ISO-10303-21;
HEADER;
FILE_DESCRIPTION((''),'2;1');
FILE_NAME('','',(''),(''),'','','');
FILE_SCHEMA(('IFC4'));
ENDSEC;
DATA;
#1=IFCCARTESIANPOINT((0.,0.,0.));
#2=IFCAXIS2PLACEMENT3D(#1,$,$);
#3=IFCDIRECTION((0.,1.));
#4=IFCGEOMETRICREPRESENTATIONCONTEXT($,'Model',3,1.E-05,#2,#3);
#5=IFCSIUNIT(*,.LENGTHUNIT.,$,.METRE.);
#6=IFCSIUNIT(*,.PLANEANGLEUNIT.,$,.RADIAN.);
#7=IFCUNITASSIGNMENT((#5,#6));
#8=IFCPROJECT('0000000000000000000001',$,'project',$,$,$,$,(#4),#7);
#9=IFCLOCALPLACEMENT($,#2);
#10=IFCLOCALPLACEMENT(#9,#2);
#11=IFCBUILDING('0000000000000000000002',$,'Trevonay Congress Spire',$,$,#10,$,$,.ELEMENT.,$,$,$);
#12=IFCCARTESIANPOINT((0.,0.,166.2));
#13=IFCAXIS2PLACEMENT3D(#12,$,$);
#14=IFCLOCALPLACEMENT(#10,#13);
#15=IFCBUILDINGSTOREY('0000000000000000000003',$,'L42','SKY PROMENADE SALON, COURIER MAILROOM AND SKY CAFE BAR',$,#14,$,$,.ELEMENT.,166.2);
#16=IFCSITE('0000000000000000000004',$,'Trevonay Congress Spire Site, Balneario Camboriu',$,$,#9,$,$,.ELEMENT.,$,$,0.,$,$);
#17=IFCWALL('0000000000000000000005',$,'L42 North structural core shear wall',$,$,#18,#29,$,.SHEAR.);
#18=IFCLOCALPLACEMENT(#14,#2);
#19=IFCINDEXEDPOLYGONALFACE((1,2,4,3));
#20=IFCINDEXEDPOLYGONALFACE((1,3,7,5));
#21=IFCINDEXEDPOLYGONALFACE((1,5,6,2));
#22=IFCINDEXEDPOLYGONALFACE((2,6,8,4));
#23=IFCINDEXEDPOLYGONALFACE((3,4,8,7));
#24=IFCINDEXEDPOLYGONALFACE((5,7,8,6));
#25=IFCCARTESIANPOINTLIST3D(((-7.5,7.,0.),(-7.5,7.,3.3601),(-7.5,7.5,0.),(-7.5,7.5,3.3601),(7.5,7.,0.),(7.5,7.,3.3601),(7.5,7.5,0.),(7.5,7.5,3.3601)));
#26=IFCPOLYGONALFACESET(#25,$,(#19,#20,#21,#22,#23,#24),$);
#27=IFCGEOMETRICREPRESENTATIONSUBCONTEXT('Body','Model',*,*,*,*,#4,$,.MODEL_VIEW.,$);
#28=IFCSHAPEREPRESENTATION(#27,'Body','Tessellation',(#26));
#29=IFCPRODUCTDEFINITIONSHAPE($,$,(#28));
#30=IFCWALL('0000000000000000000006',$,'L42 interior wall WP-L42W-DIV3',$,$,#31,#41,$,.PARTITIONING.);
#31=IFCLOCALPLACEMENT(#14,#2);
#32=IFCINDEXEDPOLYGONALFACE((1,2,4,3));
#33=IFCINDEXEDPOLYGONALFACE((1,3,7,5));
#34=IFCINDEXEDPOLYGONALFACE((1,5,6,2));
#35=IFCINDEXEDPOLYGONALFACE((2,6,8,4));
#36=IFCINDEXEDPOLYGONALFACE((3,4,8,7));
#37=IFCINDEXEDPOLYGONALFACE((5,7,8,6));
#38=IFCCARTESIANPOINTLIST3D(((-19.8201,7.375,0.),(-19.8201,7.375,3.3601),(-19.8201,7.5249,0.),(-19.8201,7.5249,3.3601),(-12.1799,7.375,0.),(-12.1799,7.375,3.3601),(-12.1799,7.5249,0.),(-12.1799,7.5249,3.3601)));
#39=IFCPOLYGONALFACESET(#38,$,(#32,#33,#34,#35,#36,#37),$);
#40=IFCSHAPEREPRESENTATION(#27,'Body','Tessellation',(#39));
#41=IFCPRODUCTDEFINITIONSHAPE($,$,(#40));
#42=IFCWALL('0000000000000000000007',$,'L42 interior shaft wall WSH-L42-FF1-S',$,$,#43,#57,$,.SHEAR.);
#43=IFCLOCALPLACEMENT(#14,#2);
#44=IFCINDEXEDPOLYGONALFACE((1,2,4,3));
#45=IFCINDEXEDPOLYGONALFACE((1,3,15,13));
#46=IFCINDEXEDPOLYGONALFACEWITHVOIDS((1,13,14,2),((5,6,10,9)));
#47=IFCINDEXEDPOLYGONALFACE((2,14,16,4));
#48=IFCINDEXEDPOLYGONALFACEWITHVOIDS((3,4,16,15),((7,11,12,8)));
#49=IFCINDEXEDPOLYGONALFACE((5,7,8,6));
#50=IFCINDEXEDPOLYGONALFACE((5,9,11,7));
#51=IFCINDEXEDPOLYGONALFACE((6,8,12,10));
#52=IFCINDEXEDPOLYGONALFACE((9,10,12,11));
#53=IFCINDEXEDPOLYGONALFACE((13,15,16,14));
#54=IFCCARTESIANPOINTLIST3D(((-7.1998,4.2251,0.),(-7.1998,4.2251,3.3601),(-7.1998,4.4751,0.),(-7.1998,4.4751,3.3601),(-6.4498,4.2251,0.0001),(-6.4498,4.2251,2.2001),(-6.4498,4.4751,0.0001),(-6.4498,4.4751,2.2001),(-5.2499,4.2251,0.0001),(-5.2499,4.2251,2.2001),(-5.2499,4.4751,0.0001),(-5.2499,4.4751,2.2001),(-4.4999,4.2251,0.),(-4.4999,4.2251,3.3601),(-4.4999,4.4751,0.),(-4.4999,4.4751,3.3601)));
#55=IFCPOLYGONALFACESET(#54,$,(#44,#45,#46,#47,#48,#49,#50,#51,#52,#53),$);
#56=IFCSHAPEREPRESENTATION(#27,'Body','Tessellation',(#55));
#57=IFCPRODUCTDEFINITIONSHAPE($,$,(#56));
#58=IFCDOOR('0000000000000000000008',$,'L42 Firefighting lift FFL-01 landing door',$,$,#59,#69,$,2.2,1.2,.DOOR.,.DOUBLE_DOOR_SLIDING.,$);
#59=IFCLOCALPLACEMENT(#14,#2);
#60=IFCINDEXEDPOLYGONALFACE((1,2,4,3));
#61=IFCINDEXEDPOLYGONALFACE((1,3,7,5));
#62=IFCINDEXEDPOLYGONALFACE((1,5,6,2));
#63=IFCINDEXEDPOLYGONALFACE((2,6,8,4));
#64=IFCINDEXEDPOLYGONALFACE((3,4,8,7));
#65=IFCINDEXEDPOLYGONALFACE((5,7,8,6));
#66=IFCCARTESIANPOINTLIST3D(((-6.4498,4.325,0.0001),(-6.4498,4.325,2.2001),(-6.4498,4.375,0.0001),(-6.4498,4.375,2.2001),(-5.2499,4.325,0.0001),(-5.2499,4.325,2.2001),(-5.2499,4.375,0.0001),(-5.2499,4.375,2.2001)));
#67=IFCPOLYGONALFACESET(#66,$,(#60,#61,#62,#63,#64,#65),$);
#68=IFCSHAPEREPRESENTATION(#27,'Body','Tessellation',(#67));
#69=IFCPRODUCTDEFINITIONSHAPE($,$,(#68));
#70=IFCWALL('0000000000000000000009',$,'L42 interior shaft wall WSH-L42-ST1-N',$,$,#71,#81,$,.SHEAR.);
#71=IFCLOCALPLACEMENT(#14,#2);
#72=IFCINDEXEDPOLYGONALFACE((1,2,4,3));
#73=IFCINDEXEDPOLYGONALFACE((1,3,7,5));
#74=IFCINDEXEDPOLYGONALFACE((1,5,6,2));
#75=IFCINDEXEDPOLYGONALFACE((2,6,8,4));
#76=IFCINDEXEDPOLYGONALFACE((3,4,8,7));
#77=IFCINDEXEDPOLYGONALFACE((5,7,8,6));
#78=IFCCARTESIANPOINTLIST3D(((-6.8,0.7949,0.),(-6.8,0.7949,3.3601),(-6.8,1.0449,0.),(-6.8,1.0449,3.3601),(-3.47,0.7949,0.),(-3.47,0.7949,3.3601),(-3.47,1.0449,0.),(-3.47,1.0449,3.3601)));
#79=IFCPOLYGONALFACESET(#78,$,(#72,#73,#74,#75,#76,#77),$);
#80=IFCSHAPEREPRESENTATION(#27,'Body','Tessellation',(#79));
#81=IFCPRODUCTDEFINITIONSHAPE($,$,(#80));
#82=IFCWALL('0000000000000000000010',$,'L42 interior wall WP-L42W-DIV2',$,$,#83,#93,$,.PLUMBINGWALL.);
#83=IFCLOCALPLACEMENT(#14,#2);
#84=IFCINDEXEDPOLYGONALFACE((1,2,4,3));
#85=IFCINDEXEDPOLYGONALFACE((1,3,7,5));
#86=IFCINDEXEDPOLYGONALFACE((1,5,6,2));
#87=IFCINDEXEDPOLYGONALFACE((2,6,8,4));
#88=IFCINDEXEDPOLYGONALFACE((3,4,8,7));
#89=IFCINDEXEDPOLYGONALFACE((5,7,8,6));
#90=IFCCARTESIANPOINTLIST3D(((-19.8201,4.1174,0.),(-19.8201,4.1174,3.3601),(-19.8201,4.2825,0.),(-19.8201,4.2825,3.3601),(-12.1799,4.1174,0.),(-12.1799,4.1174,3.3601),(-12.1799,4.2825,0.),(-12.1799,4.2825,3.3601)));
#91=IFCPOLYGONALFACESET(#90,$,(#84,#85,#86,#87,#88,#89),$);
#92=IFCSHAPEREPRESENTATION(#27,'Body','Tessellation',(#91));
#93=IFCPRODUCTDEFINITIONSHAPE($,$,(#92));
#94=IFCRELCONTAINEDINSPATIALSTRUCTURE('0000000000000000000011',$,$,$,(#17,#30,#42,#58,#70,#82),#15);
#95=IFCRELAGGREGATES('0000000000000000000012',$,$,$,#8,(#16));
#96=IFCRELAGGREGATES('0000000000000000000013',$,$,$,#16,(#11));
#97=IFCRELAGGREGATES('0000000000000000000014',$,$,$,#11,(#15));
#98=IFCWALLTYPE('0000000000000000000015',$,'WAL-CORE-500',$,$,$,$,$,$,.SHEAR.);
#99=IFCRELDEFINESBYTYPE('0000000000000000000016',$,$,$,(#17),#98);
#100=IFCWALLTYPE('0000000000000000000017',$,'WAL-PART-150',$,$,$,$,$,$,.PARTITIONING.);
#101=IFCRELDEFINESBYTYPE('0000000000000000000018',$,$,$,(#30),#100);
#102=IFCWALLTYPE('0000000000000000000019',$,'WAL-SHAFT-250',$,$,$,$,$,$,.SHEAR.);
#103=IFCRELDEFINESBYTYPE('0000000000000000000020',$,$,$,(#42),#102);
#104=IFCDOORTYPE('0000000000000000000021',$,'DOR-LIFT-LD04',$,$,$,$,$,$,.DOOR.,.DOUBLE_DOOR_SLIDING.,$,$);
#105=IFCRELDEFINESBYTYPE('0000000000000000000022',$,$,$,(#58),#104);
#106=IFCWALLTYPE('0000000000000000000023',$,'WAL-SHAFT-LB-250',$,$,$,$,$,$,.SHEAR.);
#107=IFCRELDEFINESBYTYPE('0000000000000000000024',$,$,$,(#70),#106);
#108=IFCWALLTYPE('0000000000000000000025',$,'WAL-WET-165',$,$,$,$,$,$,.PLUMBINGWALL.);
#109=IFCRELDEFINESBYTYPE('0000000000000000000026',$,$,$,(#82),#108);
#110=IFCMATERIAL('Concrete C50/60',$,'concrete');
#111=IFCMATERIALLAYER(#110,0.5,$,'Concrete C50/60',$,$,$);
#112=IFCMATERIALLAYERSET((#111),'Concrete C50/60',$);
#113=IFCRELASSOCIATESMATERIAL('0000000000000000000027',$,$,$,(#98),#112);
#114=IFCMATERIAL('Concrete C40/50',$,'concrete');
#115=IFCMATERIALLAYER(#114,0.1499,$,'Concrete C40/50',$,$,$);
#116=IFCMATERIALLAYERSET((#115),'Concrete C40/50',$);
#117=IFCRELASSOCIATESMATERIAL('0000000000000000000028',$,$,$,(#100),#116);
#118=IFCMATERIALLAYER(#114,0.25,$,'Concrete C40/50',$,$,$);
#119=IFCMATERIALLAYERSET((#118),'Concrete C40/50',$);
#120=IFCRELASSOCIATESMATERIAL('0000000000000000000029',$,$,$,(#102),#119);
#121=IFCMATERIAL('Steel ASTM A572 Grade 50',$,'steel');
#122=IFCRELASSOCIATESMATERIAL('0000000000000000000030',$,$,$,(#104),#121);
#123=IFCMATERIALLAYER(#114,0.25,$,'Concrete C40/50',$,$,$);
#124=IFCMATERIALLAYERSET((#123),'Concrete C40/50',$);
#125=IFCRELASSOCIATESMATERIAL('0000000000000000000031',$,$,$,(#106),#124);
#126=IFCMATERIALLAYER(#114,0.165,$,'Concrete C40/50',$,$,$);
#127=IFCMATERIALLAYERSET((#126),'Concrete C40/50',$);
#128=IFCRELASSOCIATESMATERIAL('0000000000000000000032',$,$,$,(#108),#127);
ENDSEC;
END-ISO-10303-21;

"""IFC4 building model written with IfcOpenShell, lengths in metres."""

from ifc_helpers import new_model, si_unit, direction, frame, frame_2d, origin, place, context, subcontext, project, spatial, rectangle, extrude, material, layer, layer_set, type_object, element, fill, save


model = new_model("IFC4")

# Units and contexts
model_context = context("Model", 3, precision=1e-05, world=origin(), true_north=direction((0.0, 1.0)))
body_context = subcontext(model_context, "Body", "Model", "MODEL_VIEW")
ifc_project = project(units=[si_unit("LENGTHUNIT", "METRE"), si_unit("PLANEANGLEUNIT", "RADIAN")], contexts=[model_context])

# Site, building, storey
site_placement = place(None, origin())
site = spatial("IfcSite", under=ifc_project, at=site_placement, Name="Trevonay Congress Spire Site, Balneario Camboriu", CompositionType="ELEMENT", RefElevation=0.0)
building_placement = place(site_placement, origin())
building = spatial("IfcBuilding", under=site, at=building_placement, Name="Trevonay Congress Spire", CompositionType="ELEMENT")
storey_placement = place(building_placement, frame((0.0, 0.0, 166.2)))
storey = spatial("IfcBuildingStorey", under=building, at=storey_placement, Name="L42", Description="SKY PROMENADE SALON, COURIER MAILROOM AND SKY CAFE BAR", CompositionType="ELEMENT", Elevation=166.2)

# Shared definitions
ifc_material_1 = material(Name="Steel ASTM A572 Grade 50", Category="steel")

# Walls
ifc_material_2 = material(Name="Concrete C50/60", Category="concrete")
ifc_layer_1 = layer(ifc_material_2, 0.5, Name="Concrete C50/60")
ifc_layer_set_1 = layer_set([ifc_layer_1], Name="Concrete C50/60")
wall_type_1 = type_object("IfcWallType", Name="WAL-CORE-500", PredefinedType="SHEAR", material=ifc_layer_set_1)
wall_1_placement = place(storey_placement, frame((-7.5, 7.25, 0.0), z_axis=(0.0, 0.0, 1.0), x_axis=(1.0, 0.0, 0.0)))
element("IfcWall", 1, at=wall_1_placement, inside=storey, type_object=wall_type_1, Name="L42 North structural core shear wall", PredefinedType="SHEAR", context=body_context, shape_type="SweptSolid", body=[
    extrude(rectangle(XDim=15.0, YDim=0.5, at=frame_2d((7.5, 0.0))), origin(), (0.0, 0.0, 1.0), 3.3601),
])
ifc_material_3 = material(Name="Concrete C40/50", Category="concrete")
ifc_layer_2 = layer(ifc_material_3, 0.1499, Name="Concrete C40/50")
ifc_layer_set_2 = layer_set([ifc_layer_2], Name="Concrete C40/50")
wall_type_2 = type_object("IfcWallType", Name="WAL-PART-150", PredefinedType="PARTITIONING", material=ifc_layer_set_2)
wall_2_placement = place(storey_placement, frame((-19.8201, 7.45, 0.0), z_axis=(0.0, 0.0, 1.0), x_axis=(1.0, 0.0, 0.0)))
element("IfcWall", 2, at=wall_2_placement, inside=storey, type_object=wall_type_2, Name="L42 interior wall WP-L42W-DIV3", PredefinedType="PARTITIONING", context=body_context, shape_type="SweptSolid", body=[
    extrude(rectangle(XDim=7.6401, YDim=0.1499, at=frame_2d((3.8201, 0.0))), origin(), (0.0, 0.0, 1.0), 3.3601),
])

# Wall, opening, door
ifc_layer_3 = layer(ifc_material_3, 0.25, Name="Concrete C40/50")
ifc_layer_set_3 = layer_set([ifc_layer_3], Name="Concrete C40/50")
wall_type_3 = type_object("IfcWallType", Name="WAL-SHAFT-250", PredefinedType="SHEAR", material=ifc_layer_set_3)
wall_3_placement = place(storey_placement, frame((-7.2, 4.3501, 0.0), z_axis=(0.0, 0.0, 1.0), x_axis=(1.0, 0.0, 0.0)))
wall_3 = element("IfcWall", 3, at=wall_3_placement, inside=storey, type_object=wall_type_3, Name="L42 interior shaft wall WSH-L42-FF1-S", PredefinedType="SHEAR", context=body_context, shape_type="SweptSolid", body=[
    extrude(rectangle(XDim=2.7, YDim=0.25, at=frame_2d((1.3501, 0.0))), origin(), (0.0, 0.0, 1.0), 3.3601),
])
opening_placement = place(wall_3_placement, frame((0.75, 0.0, 0.0)))
opening = element("IfcOpeningElement", 4, at=opening_placement, cuts=wall_3, PredefinedType="OPENING", context=body_context, shape_type="SweptSolid", body=[
    extrude(rectangle(XDim=1.2, YDim=2.2, at=frame_2d((0.6001, 1.1001))), frame((0.0, 0.135, 0.0), z_axis=(0.0, -1.0, 0.0), x_axis=(1.0, 0.0, 0.0)), (0.0, 0.0, 1.0), 0.27),
])
door_type = type_object("IfcDoorType", Name="DOR-LIFT-LD04", OperationType="DOUBLE_DOOR_SLIDING", PredefinedType="DOOR", material=ifc_material_1)
door_placement = place(opening_placement, origin())
door = element("IfcDoor", 5, at=door_placement, inside=storey, type_object=door_type, Name="L42 Firefighting lift FFL-01 landing door", OperationType="DOUBLE_DOOR_SLIDING", OverallHeight=2.2, OverallWidth=1.2, PredefinedType="DOOR", context=body_context, shape_type="SweptSolid", body=[
    extrude(rectangle(XDim=1.2, YDim=2.2, at=frame_2d((0.6001, 1.1001))), frame((0.0, 0.0249, 0.0), z_axis=(0.0, -1.0, 0.0), x_axis=(1.0, 0.0, 0.0)), (0.0, 0.0, 1.0), 0.05),
])
fill(opening, door)

# Walls
ifc_layer_4 = layer(ifc_material_3, 0.25, Name="Concrete C40/50")
ifc_layer_set_4 = layer_set([ifc_layer_4], Name="Concrete C40/50")
wall_type_4 = type_object("IfcWallType", Name="WAL-SHAFT-LB-250", PredefinedType="SHEAR", material=ifc_layer_set_4)
wall_4_placement = place(storey_placement, frame((-6.8, 0.9199, 0.0), z_axis=(0.0, 0.0, 1.0), x_axis=(1.0, 0.0, 0.0)))
element("IfcWall", 6, at=wall_4_placement, inside=storey, type_object=wall_type_4, Name="L42 interior shaft wall WSH-L42-ST1-N", PredefinedType="SHEAR", context=body_context, shape_type="SweptSolid", body=[
    extrude(rectangle(XDim=3.3301, YDim=0.25, at=frame_2d((1.665, 0.0))), origin(), (0.0, 0.0, 1.0), 3.3601),
])
ifc_layer_5 = layer(ifc_material_3, 0.165, Name="Concrete C40/50")
ifc_layer_set_5 = layer_set([ifc_layer_5], Name="Concrete C40/50")
wall_type_5 = type_object("IfcWallType", Name="WAL-WET-165", PredefinedType="PLUMBINGWALL", material=ifc_layer_set_5)
wall_5_placement = place(storey_placement, frame((-19.8201, 4.2, 0.0), z_axis=(0.0, 0.0, 1.0), x_axis=(1.0, 0.0, 0.0)))
element("IfcWall", 7, at=wall_5_placement, inside=storey, type_object=wall_type_5, Name="L42 interior wall WP-L42W-DIV2", PredefinedType="PLUMBINGWALL", context=body_context, shape_type="SweptSolid", body=[
    extrude(rectangle(XDim=7.6401, YDim=0.165, at=frame_2d((3.8201, 0.0))), origin(), (0.0, 0.0, 1.0), 3.3601),
])

save(model, "model.ifc")
